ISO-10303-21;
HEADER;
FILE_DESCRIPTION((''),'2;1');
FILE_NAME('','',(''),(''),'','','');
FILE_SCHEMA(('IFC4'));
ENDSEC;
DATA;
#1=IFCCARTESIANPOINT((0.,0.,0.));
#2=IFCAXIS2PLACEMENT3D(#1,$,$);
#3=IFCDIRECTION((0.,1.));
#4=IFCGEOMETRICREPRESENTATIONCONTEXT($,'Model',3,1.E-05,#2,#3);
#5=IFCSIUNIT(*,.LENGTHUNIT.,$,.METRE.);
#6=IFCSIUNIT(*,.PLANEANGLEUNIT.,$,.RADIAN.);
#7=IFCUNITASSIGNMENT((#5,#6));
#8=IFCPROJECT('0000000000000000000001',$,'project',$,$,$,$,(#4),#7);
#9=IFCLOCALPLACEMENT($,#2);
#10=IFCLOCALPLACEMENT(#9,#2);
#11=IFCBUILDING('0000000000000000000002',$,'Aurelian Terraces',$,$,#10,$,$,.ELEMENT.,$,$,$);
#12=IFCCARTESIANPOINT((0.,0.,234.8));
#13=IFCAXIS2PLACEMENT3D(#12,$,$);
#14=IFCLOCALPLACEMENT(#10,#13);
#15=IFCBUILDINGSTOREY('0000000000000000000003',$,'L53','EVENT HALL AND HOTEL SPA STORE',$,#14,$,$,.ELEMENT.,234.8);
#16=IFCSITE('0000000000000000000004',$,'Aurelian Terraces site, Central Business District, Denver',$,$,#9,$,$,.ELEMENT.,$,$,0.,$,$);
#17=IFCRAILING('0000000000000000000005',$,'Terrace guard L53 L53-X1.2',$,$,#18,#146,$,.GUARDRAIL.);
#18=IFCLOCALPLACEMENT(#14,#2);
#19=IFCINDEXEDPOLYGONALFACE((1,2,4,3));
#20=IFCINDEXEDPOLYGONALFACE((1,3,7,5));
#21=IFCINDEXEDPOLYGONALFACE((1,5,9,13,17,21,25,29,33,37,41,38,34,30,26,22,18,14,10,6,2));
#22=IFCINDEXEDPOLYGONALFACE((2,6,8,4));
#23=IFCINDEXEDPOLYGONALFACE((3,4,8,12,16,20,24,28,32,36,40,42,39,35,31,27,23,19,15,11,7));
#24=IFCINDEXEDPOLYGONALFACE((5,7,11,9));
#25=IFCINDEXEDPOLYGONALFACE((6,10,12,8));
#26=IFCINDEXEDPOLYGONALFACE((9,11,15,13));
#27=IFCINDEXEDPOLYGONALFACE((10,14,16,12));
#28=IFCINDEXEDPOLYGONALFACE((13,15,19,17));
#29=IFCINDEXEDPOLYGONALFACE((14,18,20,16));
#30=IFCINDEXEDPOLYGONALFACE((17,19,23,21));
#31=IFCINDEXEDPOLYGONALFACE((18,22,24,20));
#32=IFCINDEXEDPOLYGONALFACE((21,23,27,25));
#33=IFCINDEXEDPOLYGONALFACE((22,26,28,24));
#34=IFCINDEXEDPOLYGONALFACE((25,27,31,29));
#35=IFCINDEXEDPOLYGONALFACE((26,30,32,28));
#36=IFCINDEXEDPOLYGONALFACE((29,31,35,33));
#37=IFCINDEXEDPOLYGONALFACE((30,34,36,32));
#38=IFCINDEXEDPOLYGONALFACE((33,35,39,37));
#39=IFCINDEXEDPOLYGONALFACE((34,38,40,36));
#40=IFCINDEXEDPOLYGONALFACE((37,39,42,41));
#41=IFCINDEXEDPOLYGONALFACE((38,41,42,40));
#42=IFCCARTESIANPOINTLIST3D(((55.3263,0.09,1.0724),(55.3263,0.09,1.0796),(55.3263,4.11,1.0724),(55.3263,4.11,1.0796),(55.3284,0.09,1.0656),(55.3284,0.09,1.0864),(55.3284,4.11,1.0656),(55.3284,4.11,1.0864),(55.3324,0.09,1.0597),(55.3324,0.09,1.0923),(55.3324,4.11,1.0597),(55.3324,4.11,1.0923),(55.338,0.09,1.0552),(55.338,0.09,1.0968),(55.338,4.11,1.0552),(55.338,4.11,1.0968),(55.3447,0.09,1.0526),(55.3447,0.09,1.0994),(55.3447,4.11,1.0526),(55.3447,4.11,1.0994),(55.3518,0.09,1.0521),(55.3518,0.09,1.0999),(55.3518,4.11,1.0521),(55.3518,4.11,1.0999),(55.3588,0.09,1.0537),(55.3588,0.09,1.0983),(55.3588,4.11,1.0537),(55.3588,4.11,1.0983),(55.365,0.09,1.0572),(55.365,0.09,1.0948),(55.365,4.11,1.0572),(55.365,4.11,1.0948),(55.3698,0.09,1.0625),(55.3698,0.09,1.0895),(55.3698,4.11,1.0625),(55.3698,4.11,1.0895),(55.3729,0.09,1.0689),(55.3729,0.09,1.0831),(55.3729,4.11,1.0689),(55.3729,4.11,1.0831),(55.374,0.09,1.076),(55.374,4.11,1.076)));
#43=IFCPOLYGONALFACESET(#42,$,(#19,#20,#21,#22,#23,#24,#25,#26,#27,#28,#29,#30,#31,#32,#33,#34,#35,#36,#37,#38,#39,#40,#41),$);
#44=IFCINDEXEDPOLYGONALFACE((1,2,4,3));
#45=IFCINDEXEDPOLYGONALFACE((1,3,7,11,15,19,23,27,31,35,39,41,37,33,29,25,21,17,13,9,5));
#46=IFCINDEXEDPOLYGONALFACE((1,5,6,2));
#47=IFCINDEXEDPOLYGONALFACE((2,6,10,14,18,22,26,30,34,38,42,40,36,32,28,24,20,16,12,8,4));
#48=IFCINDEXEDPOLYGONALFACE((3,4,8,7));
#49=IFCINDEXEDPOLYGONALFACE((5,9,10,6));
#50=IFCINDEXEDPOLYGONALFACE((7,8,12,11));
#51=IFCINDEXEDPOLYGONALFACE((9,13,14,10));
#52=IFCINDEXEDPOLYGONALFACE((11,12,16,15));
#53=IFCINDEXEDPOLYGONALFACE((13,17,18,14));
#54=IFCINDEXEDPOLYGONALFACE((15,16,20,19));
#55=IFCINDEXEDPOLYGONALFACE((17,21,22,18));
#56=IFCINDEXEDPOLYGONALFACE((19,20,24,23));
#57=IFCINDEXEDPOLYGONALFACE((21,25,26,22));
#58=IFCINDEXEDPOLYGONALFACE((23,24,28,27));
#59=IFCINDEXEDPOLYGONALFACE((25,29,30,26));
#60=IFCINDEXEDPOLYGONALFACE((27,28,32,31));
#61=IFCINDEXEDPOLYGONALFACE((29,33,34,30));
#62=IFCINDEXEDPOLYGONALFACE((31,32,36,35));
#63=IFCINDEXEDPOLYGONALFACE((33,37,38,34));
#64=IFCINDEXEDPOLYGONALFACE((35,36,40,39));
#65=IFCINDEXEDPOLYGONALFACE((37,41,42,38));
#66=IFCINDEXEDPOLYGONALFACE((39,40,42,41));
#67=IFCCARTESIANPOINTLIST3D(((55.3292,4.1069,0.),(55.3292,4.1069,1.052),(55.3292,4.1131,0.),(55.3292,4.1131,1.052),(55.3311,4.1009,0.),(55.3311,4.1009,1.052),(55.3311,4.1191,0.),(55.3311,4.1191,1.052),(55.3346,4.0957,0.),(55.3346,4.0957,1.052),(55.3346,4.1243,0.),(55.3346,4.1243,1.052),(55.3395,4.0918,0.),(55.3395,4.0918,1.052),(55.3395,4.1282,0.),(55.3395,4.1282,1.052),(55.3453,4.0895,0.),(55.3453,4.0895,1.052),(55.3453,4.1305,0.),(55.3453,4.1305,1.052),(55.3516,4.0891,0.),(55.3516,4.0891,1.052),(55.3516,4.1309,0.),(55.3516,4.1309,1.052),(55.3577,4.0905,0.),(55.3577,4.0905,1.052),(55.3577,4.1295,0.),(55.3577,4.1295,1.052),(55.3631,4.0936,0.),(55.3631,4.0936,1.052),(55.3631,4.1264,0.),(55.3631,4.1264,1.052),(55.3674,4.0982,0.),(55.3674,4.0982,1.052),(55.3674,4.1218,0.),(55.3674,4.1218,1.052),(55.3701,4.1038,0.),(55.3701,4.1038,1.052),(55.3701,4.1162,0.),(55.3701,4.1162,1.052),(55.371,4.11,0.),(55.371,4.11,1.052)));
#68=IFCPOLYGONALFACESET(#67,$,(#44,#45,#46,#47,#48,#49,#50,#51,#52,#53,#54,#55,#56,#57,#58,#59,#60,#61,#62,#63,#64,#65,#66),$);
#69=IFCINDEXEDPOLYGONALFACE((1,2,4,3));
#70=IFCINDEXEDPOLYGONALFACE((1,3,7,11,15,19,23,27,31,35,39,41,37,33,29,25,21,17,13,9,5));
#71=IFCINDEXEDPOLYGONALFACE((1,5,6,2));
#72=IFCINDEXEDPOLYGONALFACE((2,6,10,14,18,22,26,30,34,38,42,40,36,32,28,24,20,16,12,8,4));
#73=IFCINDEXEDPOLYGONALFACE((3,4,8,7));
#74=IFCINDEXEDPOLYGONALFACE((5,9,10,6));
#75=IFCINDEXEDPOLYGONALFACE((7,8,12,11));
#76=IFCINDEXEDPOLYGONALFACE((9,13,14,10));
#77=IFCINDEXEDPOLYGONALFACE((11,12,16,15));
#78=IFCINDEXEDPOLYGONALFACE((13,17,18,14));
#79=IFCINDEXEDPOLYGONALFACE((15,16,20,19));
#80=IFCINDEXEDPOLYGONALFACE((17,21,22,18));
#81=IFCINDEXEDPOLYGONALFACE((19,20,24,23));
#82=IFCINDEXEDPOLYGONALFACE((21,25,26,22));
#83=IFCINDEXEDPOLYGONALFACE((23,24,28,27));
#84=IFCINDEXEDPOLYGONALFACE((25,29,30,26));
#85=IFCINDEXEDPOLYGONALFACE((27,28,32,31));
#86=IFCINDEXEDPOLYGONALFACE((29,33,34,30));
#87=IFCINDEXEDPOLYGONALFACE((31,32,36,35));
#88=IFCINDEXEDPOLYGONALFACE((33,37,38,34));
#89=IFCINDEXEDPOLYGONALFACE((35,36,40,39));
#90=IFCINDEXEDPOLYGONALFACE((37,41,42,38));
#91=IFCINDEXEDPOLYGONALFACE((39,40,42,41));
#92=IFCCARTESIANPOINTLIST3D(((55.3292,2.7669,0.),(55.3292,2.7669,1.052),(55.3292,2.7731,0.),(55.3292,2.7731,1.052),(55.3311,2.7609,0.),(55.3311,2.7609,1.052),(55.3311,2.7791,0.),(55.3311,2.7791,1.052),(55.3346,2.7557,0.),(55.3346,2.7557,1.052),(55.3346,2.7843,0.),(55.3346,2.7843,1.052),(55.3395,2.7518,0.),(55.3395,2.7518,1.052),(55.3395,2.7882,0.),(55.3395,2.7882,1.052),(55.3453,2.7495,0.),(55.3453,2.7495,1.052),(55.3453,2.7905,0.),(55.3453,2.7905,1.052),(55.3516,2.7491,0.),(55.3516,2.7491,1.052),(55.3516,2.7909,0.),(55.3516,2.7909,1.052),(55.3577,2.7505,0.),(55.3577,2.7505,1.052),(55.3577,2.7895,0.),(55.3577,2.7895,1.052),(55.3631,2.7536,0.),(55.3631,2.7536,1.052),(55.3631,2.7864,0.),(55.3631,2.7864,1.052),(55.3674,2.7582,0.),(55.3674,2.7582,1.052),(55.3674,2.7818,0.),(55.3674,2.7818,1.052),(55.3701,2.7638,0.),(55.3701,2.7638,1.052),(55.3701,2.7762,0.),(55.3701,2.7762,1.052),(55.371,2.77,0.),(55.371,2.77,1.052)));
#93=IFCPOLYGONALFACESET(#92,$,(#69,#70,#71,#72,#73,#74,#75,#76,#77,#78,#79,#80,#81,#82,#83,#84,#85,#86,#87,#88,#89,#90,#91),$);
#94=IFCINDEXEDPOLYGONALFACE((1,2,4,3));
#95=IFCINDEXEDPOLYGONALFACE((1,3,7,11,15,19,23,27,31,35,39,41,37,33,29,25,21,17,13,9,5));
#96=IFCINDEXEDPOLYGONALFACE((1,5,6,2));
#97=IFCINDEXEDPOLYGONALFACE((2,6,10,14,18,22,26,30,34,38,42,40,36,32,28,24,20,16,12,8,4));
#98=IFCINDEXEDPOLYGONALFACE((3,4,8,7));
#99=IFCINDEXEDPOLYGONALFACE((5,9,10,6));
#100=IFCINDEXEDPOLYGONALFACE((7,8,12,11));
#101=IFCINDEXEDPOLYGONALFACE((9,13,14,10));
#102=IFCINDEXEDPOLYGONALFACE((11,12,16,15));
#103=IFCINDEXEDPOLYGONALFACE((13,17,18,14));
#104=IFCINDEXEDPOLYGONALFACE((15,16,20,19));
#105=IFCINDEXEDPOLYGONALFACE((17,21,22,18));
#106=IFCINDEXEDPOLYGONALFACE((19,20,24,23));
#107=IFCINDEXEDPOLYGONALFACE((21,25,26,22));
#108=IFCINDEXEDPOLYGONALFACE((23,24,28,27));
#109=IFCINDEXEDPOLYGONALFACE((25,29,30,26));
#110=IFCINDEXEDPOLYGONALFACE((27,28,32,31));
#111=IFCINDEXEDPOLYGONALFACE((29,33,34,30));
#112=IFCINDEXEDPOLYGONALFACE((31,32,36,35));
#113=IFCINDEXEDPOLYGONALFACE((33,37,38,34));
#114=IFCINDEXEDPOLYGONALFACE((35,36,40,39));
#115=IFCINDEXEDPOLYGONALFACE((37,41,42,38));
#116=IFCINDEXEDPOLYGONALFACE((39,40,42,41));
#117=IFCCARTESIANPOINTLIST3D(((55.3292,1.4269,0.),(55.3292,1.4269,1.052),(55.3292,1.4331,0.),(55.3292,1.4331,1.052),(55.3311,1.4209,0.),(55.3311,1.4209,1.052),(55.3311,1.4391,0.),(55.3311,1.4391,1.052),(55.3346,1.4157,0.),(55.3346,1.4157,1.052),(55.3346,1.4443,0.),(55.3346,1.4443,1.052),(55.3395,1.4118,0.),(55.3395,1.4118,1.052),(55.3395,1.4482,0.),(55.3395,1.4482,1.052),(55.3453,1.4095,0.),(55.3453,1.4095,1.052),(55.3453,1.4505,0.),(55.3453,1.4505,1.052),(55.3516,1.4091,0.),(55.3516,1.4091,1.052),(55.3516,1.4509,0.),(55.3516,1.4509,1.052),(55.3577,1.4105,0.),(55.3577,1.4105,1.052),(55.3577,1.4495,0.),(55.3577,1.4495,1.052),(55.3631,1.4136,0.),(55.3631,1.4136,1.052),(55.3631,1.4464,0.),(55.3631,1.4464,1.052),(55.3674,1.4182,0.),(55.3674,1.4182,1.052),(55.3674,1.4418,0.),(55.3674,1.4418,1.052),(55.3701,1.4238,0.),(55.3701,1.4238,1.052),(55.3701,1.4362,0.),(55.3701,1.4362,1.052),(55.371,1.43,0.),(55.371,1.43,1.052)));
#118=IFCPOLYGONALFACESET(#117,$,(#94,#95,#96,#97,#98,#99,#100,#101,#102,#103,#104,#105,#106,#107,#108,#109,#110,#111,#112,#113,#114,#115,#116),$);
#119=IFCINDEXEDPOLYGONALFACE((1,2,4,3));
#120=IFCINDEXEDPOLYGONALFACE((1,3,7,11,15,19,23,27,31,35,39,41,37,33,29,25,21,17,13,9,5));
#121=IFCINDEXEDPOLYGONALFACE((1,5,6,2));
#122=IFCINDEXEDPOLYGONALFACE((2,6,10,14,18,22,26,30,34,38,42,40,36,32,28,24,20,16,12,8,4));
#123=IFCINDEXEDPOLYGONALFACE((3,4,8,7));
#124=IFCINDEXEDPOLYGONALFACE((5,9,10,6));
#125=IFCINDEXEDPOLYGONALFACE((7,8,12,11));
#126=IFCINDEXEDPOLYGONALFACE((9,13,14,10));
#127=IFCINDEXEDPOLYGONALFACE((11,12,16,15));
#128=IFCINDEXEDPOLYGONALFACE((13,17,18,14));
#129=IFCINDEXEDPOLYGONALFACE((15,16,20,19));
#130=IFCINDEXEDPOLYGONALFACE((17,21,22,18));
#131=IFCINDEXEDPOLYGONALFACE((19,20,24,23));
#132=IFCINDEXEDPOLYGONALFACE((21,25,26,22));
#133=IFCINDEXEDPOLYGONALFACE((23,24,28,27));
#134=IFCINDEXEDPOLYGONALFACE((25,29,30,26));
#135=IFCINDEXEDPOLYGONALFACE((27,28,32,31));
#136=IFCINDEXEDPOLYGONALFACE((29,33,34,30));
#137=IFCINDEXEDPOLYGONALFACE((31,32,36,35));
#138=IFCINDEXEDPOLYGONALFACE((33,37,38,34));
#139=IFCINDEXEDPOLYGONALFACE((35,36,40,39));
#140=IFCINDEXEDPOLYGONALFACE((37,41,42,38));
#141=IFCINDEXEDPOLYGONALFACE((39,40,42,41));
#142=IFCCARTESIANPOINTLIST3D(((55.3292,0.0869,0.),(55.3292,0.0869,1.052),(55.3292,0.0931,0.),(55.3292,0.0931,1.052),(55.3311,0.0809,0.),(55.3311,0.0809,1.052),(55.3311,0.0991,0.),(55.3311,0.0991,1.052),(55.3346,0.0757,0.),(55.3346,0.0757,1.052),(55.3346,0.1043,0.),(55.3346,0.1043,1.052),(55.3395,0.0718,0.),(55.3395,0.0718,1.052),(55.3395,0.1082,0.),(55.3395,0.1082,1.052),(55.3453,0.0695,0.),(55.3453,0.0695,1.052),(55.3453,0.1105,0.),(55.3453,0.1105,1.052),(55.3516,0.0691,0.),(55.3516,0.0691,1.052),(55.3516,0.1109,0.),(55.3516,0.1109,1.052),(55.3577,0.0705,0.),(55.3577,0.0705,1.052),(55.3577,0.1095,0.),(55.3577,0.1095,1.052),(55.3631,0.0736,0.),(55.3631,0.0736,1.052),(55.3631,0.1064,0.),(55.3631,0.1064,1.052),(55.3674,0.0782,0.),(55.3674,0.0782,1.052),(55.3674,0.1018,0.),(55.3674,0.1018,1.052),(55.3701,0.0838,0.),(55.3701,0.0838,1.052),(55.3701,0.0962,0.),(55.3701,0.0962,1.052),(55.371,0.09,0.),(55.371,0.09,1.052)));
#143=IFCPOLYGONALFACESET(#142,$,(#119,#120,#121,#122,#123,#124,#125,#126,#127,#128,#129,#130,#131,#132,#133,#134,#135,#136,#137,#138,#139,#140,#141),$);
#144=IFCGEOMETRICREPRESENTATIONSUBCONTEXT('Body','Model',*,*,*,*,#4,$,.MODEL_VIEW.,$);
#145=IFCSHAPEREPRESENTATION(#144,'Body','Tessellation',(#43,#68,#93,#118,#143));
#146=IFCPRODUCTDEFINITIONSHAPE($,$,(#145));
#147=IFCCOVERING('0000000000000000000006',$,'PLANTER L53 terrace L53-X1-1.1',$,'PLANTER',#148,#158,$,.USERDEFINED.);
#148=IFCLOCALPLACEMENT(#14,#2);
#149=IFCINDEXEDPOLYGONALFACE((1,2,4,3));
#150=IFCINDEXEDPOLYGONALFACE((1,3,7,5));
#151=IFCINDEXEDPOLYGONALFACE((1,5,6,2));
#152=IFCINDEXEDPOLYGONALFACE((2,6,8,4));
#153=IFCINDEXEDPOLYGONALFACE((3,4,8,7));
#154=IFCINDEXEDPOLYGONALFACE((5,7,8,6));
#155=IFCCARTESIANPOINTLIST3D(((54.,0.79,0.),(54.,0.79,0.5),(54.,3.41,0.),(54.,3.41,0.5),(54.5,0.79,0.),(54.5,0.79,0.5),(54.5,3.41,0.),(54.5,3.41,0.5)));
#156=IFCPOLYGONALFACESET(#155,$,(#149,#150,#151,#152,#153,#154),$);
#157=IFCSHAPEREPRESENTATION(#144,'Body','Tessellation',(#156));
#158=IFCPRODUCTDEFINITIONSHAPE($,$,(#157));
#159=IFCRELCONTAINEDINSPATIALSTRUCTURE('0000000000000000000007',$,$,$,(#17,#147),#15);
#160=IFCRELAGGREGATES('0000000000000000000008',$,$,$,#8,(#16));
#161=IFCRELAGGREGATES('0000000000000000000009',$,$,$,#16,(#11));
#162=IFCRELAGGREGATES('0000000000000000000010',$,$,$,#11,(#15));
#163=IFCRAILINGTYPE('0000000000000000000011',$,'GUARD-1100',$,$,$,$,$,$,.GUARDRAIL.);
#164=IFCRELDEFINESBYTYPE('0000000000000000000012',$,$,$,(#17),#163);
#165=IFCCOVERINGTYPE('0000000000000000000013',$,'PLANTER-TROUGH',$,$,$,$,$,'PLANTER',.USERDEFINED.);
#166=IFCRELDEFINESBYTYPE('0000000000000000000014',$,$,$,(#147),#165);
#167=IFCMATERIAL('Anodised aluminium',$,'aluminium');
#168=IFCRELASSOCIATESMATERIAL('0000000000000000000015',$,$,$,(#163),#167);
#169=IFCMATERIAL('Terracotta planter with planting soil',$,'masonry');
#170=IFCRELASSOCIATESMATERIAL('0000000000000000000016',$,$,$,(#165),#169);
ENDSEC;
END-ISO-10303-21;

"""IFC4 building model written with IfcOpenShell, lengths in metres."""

from ifc_helpers import new_model, si_unit, direction, frame, origin, origin_2d, place, context, subcontext, project, spatial, rectangle, circle, extrude, source, transform, mapped, material, type_object, element, save


model = new_model("IFC4")

# Units and contexts
model_context = context("Model", 3, precision=1e-05, world=origin(), true_north=direction((0.0, 1.0)))
body_context = subcontext(model_context, "Body", "Model", "MODEL_VIEW")
ifc_project = project(units=[si_unit("LENGTHUNIT", "METRE"), si_unit("PLANEANGLEUNIT", "RADIAN")], contexts=[model_context])

# Site, building, storey
site_placement = place(None, origin())
site = spatial("IfcSite", under=ifc_project, at=site_placement, Name="Aurelian Terraces site, Central Business District, Denver", CompositionType="ELEMENT", RefElevation=0.0)
building_placement = place(site_placement, origin())
building = spatial("IfcBuilding", under=site, at=building_placement, Name="Aurelian Terraces", CompositionType="ELEMENT")
storey_placement = place(building_placement, frame((0.0, 0.0, 234.8)))
storey = spatial("IfcBuildingStorey", under=building, at=storey_placement, Name="L53", Description="EVENT HALL AND HOTEL SPA STORE", CompositionType="ELEMENT", Elevation=234.8)

# Shared definitions
ifc_material_1 = material(Name="Anodised aluminium", Category="aluminium")
railing_type = type_object("IfcRailingType", Name="GUARD-1100", PredefinedType="GUARDRAIL", material=ifc_material_1)

# Shared definitions
ifc_material_2 = material(Name="Terracotta planter with planting soil", Category="masonry")
covering_type_1 = type_object("IfcCoveringType", Name="PLANTER-TROUGH", ElementType="PLANTER", PredefinedType="USERDEFINED", material=ifc_material_2)

# Railing
shared_shape_1 = source(origin(), body_context, "Body", "SweptSolid", [
    extrude(circle(Radius=0.024, at=origin_2d()), frame((0.0, 0.0, 1.076), z_axis=(0.0, -1.0, 0.0), x_axis=(1.0, 0.0, 0.0)), (0.0, 0.0, 1.0), 4.02),
    extrude(circle(Radius=0.021, at=origin_2d()), origin(), (0.0, 0.0, 1.0), 1.052),
    extrude(circle(Radius=0.021, at=origin_2d()), frame((0.0, -1.34, 0.0)), (0.0, 0.0, 1.0), 1.052),
    extrude(circle(Radius=0.021, at=origin_2d()), frame((0.0, -2.68, 0.0)), (0.0, 0.0, 1.0), 1.052),
    extrude(circle(Radius=0.021, at=origin_2d()), frame((0.0, -4.02, 0.0)), (0.0, 0.0, 1.0), 1.052),
])
railing_1_placement = place(storey_placement, frame((55.35, 4.11, 0.0)))
element("IfcRailing", 1, at=railing_1_placement, inside=storey, type_object=railing_type, Name="Terrace guard L53 L53-X1.2", PredefinedType="GUARDRAIL", context=body_context, shape_type="MappedRepresentation", body=[
    mapped(shared_shape_1, transform((0.0, 0.0, 0.0), scale=1.0)),
])

# Covering
shared_shape_2 = source(origin(), body_context, "Body", "SweptSolid", [
    extrude(rectangle(XDim=0.5, YDim=2.62, at=origin_2d()), origin(), (0.0, 0.0, 1.0), 0.5),
])
covering_1_placement = place(storey_placement, frame((54.25, 2.1, 0.0), z_axis=(0.0, 0.0, 1.0), x_axis=(1.0, 0.0, 0.0)))
element("IfcCovering", 2, at=covering_1_placement, inside=storey, type_object=covering_type_1, Name="PLANTER L53 terrace L53-X1-1.1", ObjectType="PLANTER", PredefinedType="USERDEFINED", context=body_context, shape_type="MappedRepresentation", body=[
    mapped(shared_shape_2, transform((0.0, 0.0, 0.0), scale=1.0)),
])

save(model, "model.ifc")
